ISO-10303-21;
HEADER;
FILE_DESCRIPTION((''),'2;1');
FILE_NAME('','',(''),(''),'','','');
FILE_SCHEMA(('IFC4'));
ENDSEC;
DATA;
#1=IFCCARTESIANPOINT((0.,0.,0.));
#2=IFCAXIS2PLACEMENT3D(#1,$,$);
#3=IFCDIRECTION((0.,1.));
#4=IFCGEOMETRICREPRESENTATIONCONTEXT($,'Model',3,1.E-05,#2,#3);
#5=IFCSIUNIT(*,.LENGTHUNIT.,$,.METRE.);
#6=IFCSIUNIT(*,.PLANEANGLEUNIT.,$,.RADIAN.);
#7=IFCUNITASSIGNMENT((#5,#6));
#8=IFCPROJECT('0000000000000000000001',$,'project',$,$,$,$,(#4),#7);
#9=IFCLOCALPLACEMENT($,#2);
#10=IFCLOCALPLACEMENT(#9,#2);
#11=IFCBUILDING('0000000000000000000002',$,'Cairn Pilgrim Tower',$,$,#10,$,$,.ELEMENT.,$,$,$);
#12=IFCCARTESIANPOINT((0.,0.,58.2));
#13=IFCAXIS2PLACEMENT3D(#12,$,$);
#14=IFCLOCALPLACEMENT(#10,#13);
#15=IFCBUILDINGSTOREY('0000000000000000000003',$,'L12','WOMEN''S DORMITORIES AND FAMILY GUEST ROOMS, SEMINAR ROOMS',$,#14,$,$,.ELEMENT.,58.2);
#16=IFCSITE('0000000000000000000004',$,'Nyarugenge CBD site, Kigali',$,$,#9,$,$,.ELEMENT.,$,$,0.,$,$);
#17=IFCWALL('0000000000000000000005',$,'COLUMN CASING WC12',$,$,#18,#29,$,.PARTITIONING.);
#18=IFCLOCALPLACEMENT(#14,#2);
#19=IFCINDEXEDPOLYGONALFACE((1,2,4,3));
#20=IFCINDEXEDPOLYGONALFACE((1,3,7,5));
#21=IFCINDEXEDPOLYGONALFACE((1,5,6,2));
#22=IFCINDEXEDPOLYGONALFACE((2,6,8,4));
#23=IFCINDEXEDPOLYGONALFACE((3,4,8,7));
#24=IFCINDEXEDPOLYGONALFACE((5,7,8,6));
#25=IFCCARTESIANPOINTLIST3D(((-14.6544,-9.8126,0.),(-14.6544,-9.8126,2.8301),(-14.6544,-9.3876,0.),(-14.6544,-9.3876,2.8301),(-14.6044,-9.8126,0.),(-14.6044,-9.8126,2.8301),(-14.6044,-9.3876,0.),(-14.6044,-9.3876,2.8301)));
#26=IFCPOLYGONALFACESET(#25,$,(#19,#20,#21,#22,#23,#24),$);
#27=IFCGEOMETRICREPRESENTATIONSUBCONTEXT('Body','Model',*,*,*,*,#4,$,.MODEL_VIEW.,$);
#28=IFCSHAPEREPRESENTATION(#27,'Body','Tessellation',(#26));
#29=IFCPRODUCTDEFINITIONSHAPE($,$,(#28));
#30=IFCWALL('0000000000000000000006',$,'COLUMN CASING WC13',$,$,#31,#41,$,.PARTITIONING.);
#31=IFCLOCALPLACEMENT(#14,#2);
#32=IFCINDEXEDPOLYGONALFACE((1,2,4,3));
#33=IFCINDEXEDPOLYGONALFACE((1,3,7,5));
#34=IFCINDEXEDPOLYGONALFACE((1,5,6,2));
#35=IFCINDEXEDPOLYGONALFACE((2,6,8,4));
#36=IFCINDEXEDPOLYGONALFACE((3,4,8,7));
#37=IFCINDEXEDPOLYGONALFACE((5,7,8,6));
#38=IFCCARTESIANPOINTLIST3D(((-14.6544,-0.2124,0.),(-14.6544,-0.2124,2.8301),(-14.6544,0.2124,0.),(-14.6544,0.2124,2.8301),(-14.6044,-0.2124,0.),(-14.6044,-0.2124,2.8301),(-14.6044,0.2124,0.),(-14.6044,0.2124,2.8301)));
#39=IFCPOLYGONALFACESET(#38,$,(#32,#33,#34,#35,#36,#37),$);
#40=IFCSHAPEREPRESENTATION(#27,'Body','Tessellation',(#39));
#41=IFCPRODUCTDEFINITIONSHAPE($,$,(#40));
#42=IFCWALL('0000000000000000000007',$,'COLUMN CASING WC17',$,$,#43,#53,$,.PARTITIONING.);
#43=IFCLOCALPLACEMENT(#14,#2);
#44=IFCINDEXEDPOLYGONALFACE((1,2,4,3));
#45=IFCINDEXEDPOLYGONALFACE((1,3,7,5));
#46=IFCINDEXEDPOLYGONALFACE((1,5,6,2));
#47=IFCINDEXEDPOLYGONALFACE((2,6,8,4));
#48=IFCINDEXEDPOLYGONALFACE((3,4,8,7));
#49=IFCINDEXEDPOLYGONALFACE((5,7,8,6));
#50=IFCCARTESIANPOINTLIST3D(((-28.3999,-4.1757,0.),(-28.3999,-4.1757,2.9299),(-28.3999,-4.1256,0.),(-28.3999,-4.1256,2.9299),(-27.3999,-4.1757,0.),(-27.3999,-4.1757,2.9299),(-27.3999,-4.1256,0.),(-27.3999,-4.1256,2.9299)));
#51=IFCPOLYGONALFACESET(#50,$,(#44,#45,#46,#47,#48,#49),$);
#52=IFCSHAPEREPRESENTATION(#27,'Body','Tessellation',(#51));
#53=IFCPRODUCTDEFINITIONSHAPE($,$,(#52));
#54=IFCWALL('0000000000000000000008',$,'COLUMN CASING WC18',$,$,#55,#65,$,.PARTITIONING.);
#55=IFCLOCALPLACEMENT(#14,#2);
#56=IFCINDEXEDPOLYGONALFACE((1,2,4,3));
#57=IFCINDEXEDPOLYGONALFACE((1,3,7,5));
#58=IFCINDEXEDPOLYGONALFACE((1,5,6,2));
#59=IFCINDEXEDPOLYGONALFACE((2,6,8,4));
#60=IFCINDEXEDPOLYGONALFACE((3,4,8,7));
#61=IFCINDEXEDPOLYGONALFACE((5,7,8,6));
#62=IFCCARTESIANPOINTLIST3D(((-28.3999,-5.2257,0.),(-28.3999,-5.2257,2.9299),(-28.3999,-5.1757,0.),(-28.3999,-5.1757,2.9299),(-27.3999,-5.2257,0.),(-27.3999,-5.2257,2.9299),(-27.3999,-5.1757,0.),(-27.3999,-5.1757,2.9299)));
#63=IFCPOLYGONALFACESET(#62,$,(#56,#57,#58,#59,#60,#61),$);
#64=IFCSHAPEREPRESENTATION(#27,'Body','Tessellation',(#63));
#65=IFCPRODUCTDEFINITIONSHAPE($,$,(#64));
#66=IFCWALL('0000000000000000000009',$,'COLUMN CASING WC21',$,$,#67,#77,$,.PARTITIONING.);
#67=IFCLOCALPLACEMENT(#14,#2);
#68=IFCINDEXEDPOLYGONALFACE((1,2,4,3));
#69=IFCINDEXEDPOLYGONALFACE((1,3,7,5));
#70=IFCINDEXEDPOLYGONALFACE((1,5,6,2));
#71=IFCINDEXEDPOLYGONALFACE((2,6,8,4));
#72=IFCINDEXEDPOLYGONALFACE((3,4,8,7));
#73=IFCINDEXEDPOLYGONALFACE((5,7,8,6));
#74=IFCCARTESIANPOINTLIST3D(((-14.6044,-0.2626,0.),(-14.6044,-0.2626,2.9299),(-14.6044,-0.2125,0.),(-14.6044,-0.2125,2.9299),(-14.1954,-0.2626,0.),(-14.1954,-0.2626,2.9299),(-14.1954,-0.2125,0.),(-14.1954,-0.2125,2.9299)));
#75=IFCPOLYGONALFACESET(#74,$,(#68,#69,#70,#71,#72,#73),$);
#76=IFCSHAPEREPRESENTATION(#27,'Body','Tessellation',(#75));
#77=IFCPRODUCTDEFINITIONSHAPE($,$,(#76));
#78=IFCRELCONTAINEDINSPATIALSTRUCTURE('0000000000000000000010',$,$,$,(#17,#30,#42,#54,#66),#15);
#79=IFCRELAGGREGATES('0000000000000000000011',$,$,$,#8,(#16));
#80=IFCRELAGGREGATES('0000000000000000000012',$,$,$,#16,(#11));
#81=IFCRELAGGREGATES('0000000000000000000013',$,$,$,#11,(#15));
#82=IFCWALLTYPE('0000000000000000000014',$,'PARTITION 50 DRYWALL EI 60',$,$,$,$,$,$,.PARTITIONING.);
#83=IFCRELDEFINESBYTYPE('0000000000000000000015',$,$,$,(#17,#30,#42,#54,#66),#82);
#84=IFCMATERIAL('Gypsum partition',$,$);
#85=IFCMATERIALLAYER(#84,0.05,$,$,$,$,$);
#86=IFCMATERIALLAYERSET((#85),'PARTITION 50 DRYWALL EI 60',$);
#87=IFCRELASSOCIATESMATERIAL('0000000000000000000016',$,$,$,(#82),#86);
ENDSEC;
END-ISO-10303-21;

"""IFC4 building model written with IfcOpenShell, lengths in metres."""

from ifc_helpers import new_model, si_unit, direction, frame, frame_2d, origin, place, context, subcontext, project, spatial, rectangle, extrude, material, layer, layer_set, type_object, element, save


model = new_model("IFC4")

# Units and contexts
model_context = context("Model", 3, precision=1e-05, world=origin(), true_north=direction((0.0, 1.0)))
body_context = subcontext(model_context, "Body", "Model", "MODEL_VIEW")
ifc_project = project(units=[si_unit("LENGTHUNIT", "METRE"), si_unit("PLANEANGLEUNIT", "RADIAN")], contexts=[model_context])

# Site, building, storey
site_placement = place(None, origin())
site = spatial("IfcSite", under=ifc_project, at=site_placement, Name="Nyarugenge CBD site, Kigali", CompositionType="ELEMENT", RefElevation=0.0)
building_placement = place(site_placement, origin())
building = spatial("IfcBuilding", under=site, at=building_placement, Name="Cairn Pilgrim Tower", CompositionType="ELEMENT")
storey_placement = place(building_placement, frame((0.0, 0.0, 58.2)))
storey = spatial("IfcBuildingStorey", under=building, at=storey_placement, Name="L12", Description="WOMEN'S DORMITORIES AND FAMILY GUEST ROOMS, SEMINAR ROOMS", CompositionType="ELEMENT", Elevation=58.2)

# Shared definitions
ifc_material_1 = material(Name="Gypsum partition")

# Walls
ifc_layer_1 = layer(ifc_material_1, 0.05)
ifc_layer_set_1 = layer_set([ifc_layer_1], Name="PARTITION 50 DRYWALL EI 60")
wall_type_1 = type_object("IfcWallType", Name="PARTITION 50 DRYWALL EI 60", PredefinedType="PARTITIONING", material=ifc_layer_set_1)
wall_1_placement = place(storey_placement, frame((-14.6294, -9.8125, 0.0), z_axis=(0.0, 0.0, 1.0), x_axis=(0.0, 1.0, 0.0)))
element("IfcWall", 1, at=wall_1_placement, inside=storey, type_object=wall_type_1, Name="COLUMN CASING WC12", PredefinedType="PARTITIONING", context=body_context, shape_type="SweptSolid", body=[
    extrude(rectangle(XDim=0.425, YDim=0.05, at=frame_2d((0.2124, 0.0))), origin(), (0.0, 0.0, 1.0), 2.8301),
])
wall_2_placement = place(storey_placement, frame((-14.6294, -0.2124, 0.0), z_axis=(0.0, 0.0, 1.0), x_axis=(0.0, 1.0, 0.0)))
element("IfcWall", 2, at=wall_2_placement, inside=storey, type_object=wall_type_1, Name="COLUMN CASING WC13", PredefinedType="PARTITIONING", context=body_context, shape_type="SweptSolid", body=[
    extrude(rectangle(XDim=0.4248, YDim=0.05, at=frame_2d((0.2124, 0.0))), origin(), (0.0, 0.0, 1.0), 2.8301),
])
for number, where, z_axis, x_axis, name in (
    (3, (-28.3999, -4.1506, 0.0), (0.0, 0.0, 1.0), (1.0, 0.0, 0.0), "COLUMN CASING WC17"),
    (4, (-28.3999, -5.2007, 0.0), (0.0, 0.0, 1.0), (1.0, 0.0, 0.0), "COLUMN CASING WC18"),
):
    element("IfcWall", number, at=place(storey_placement, frame(where, z_axis=z_axis, x_axis=x_axis)), inside=storey, type_object=wall_type_1, Name=name, PredefinedType="PARTITIONING", context=body_context, shape_type="SweptSolid", body=[
        extrude(rectangle(XDim=1.0, YDim=0.05, at=frame_2d((0.5, 0.0))), origin(), (0.0, 0.0, 1.0), 2.9299),
    ])
wall_3_placement = place(storey_placement, frame((-14.6045, -0.2375, 0.0), z_axis=(0.0, 0.0, 1.0), x_axis=(1.0, 0.0, 0.0)))
element("IfcWall", 5, at=wall_3_placement, inside=storey, type_object=wall_type_1, Name="COLUMN CASING WC21", PredefinedType="PARTITIONING", context=body_context, shape_type="SweptSolid", body=[
    extrude(rectangle(XDim=0.4089, YDim=0.05, at=frame_2d((0.2046, 0.0))), origin(), (0.0, 0.0, 1.0), 2.9299),
])

save(model, "model.ifc")
